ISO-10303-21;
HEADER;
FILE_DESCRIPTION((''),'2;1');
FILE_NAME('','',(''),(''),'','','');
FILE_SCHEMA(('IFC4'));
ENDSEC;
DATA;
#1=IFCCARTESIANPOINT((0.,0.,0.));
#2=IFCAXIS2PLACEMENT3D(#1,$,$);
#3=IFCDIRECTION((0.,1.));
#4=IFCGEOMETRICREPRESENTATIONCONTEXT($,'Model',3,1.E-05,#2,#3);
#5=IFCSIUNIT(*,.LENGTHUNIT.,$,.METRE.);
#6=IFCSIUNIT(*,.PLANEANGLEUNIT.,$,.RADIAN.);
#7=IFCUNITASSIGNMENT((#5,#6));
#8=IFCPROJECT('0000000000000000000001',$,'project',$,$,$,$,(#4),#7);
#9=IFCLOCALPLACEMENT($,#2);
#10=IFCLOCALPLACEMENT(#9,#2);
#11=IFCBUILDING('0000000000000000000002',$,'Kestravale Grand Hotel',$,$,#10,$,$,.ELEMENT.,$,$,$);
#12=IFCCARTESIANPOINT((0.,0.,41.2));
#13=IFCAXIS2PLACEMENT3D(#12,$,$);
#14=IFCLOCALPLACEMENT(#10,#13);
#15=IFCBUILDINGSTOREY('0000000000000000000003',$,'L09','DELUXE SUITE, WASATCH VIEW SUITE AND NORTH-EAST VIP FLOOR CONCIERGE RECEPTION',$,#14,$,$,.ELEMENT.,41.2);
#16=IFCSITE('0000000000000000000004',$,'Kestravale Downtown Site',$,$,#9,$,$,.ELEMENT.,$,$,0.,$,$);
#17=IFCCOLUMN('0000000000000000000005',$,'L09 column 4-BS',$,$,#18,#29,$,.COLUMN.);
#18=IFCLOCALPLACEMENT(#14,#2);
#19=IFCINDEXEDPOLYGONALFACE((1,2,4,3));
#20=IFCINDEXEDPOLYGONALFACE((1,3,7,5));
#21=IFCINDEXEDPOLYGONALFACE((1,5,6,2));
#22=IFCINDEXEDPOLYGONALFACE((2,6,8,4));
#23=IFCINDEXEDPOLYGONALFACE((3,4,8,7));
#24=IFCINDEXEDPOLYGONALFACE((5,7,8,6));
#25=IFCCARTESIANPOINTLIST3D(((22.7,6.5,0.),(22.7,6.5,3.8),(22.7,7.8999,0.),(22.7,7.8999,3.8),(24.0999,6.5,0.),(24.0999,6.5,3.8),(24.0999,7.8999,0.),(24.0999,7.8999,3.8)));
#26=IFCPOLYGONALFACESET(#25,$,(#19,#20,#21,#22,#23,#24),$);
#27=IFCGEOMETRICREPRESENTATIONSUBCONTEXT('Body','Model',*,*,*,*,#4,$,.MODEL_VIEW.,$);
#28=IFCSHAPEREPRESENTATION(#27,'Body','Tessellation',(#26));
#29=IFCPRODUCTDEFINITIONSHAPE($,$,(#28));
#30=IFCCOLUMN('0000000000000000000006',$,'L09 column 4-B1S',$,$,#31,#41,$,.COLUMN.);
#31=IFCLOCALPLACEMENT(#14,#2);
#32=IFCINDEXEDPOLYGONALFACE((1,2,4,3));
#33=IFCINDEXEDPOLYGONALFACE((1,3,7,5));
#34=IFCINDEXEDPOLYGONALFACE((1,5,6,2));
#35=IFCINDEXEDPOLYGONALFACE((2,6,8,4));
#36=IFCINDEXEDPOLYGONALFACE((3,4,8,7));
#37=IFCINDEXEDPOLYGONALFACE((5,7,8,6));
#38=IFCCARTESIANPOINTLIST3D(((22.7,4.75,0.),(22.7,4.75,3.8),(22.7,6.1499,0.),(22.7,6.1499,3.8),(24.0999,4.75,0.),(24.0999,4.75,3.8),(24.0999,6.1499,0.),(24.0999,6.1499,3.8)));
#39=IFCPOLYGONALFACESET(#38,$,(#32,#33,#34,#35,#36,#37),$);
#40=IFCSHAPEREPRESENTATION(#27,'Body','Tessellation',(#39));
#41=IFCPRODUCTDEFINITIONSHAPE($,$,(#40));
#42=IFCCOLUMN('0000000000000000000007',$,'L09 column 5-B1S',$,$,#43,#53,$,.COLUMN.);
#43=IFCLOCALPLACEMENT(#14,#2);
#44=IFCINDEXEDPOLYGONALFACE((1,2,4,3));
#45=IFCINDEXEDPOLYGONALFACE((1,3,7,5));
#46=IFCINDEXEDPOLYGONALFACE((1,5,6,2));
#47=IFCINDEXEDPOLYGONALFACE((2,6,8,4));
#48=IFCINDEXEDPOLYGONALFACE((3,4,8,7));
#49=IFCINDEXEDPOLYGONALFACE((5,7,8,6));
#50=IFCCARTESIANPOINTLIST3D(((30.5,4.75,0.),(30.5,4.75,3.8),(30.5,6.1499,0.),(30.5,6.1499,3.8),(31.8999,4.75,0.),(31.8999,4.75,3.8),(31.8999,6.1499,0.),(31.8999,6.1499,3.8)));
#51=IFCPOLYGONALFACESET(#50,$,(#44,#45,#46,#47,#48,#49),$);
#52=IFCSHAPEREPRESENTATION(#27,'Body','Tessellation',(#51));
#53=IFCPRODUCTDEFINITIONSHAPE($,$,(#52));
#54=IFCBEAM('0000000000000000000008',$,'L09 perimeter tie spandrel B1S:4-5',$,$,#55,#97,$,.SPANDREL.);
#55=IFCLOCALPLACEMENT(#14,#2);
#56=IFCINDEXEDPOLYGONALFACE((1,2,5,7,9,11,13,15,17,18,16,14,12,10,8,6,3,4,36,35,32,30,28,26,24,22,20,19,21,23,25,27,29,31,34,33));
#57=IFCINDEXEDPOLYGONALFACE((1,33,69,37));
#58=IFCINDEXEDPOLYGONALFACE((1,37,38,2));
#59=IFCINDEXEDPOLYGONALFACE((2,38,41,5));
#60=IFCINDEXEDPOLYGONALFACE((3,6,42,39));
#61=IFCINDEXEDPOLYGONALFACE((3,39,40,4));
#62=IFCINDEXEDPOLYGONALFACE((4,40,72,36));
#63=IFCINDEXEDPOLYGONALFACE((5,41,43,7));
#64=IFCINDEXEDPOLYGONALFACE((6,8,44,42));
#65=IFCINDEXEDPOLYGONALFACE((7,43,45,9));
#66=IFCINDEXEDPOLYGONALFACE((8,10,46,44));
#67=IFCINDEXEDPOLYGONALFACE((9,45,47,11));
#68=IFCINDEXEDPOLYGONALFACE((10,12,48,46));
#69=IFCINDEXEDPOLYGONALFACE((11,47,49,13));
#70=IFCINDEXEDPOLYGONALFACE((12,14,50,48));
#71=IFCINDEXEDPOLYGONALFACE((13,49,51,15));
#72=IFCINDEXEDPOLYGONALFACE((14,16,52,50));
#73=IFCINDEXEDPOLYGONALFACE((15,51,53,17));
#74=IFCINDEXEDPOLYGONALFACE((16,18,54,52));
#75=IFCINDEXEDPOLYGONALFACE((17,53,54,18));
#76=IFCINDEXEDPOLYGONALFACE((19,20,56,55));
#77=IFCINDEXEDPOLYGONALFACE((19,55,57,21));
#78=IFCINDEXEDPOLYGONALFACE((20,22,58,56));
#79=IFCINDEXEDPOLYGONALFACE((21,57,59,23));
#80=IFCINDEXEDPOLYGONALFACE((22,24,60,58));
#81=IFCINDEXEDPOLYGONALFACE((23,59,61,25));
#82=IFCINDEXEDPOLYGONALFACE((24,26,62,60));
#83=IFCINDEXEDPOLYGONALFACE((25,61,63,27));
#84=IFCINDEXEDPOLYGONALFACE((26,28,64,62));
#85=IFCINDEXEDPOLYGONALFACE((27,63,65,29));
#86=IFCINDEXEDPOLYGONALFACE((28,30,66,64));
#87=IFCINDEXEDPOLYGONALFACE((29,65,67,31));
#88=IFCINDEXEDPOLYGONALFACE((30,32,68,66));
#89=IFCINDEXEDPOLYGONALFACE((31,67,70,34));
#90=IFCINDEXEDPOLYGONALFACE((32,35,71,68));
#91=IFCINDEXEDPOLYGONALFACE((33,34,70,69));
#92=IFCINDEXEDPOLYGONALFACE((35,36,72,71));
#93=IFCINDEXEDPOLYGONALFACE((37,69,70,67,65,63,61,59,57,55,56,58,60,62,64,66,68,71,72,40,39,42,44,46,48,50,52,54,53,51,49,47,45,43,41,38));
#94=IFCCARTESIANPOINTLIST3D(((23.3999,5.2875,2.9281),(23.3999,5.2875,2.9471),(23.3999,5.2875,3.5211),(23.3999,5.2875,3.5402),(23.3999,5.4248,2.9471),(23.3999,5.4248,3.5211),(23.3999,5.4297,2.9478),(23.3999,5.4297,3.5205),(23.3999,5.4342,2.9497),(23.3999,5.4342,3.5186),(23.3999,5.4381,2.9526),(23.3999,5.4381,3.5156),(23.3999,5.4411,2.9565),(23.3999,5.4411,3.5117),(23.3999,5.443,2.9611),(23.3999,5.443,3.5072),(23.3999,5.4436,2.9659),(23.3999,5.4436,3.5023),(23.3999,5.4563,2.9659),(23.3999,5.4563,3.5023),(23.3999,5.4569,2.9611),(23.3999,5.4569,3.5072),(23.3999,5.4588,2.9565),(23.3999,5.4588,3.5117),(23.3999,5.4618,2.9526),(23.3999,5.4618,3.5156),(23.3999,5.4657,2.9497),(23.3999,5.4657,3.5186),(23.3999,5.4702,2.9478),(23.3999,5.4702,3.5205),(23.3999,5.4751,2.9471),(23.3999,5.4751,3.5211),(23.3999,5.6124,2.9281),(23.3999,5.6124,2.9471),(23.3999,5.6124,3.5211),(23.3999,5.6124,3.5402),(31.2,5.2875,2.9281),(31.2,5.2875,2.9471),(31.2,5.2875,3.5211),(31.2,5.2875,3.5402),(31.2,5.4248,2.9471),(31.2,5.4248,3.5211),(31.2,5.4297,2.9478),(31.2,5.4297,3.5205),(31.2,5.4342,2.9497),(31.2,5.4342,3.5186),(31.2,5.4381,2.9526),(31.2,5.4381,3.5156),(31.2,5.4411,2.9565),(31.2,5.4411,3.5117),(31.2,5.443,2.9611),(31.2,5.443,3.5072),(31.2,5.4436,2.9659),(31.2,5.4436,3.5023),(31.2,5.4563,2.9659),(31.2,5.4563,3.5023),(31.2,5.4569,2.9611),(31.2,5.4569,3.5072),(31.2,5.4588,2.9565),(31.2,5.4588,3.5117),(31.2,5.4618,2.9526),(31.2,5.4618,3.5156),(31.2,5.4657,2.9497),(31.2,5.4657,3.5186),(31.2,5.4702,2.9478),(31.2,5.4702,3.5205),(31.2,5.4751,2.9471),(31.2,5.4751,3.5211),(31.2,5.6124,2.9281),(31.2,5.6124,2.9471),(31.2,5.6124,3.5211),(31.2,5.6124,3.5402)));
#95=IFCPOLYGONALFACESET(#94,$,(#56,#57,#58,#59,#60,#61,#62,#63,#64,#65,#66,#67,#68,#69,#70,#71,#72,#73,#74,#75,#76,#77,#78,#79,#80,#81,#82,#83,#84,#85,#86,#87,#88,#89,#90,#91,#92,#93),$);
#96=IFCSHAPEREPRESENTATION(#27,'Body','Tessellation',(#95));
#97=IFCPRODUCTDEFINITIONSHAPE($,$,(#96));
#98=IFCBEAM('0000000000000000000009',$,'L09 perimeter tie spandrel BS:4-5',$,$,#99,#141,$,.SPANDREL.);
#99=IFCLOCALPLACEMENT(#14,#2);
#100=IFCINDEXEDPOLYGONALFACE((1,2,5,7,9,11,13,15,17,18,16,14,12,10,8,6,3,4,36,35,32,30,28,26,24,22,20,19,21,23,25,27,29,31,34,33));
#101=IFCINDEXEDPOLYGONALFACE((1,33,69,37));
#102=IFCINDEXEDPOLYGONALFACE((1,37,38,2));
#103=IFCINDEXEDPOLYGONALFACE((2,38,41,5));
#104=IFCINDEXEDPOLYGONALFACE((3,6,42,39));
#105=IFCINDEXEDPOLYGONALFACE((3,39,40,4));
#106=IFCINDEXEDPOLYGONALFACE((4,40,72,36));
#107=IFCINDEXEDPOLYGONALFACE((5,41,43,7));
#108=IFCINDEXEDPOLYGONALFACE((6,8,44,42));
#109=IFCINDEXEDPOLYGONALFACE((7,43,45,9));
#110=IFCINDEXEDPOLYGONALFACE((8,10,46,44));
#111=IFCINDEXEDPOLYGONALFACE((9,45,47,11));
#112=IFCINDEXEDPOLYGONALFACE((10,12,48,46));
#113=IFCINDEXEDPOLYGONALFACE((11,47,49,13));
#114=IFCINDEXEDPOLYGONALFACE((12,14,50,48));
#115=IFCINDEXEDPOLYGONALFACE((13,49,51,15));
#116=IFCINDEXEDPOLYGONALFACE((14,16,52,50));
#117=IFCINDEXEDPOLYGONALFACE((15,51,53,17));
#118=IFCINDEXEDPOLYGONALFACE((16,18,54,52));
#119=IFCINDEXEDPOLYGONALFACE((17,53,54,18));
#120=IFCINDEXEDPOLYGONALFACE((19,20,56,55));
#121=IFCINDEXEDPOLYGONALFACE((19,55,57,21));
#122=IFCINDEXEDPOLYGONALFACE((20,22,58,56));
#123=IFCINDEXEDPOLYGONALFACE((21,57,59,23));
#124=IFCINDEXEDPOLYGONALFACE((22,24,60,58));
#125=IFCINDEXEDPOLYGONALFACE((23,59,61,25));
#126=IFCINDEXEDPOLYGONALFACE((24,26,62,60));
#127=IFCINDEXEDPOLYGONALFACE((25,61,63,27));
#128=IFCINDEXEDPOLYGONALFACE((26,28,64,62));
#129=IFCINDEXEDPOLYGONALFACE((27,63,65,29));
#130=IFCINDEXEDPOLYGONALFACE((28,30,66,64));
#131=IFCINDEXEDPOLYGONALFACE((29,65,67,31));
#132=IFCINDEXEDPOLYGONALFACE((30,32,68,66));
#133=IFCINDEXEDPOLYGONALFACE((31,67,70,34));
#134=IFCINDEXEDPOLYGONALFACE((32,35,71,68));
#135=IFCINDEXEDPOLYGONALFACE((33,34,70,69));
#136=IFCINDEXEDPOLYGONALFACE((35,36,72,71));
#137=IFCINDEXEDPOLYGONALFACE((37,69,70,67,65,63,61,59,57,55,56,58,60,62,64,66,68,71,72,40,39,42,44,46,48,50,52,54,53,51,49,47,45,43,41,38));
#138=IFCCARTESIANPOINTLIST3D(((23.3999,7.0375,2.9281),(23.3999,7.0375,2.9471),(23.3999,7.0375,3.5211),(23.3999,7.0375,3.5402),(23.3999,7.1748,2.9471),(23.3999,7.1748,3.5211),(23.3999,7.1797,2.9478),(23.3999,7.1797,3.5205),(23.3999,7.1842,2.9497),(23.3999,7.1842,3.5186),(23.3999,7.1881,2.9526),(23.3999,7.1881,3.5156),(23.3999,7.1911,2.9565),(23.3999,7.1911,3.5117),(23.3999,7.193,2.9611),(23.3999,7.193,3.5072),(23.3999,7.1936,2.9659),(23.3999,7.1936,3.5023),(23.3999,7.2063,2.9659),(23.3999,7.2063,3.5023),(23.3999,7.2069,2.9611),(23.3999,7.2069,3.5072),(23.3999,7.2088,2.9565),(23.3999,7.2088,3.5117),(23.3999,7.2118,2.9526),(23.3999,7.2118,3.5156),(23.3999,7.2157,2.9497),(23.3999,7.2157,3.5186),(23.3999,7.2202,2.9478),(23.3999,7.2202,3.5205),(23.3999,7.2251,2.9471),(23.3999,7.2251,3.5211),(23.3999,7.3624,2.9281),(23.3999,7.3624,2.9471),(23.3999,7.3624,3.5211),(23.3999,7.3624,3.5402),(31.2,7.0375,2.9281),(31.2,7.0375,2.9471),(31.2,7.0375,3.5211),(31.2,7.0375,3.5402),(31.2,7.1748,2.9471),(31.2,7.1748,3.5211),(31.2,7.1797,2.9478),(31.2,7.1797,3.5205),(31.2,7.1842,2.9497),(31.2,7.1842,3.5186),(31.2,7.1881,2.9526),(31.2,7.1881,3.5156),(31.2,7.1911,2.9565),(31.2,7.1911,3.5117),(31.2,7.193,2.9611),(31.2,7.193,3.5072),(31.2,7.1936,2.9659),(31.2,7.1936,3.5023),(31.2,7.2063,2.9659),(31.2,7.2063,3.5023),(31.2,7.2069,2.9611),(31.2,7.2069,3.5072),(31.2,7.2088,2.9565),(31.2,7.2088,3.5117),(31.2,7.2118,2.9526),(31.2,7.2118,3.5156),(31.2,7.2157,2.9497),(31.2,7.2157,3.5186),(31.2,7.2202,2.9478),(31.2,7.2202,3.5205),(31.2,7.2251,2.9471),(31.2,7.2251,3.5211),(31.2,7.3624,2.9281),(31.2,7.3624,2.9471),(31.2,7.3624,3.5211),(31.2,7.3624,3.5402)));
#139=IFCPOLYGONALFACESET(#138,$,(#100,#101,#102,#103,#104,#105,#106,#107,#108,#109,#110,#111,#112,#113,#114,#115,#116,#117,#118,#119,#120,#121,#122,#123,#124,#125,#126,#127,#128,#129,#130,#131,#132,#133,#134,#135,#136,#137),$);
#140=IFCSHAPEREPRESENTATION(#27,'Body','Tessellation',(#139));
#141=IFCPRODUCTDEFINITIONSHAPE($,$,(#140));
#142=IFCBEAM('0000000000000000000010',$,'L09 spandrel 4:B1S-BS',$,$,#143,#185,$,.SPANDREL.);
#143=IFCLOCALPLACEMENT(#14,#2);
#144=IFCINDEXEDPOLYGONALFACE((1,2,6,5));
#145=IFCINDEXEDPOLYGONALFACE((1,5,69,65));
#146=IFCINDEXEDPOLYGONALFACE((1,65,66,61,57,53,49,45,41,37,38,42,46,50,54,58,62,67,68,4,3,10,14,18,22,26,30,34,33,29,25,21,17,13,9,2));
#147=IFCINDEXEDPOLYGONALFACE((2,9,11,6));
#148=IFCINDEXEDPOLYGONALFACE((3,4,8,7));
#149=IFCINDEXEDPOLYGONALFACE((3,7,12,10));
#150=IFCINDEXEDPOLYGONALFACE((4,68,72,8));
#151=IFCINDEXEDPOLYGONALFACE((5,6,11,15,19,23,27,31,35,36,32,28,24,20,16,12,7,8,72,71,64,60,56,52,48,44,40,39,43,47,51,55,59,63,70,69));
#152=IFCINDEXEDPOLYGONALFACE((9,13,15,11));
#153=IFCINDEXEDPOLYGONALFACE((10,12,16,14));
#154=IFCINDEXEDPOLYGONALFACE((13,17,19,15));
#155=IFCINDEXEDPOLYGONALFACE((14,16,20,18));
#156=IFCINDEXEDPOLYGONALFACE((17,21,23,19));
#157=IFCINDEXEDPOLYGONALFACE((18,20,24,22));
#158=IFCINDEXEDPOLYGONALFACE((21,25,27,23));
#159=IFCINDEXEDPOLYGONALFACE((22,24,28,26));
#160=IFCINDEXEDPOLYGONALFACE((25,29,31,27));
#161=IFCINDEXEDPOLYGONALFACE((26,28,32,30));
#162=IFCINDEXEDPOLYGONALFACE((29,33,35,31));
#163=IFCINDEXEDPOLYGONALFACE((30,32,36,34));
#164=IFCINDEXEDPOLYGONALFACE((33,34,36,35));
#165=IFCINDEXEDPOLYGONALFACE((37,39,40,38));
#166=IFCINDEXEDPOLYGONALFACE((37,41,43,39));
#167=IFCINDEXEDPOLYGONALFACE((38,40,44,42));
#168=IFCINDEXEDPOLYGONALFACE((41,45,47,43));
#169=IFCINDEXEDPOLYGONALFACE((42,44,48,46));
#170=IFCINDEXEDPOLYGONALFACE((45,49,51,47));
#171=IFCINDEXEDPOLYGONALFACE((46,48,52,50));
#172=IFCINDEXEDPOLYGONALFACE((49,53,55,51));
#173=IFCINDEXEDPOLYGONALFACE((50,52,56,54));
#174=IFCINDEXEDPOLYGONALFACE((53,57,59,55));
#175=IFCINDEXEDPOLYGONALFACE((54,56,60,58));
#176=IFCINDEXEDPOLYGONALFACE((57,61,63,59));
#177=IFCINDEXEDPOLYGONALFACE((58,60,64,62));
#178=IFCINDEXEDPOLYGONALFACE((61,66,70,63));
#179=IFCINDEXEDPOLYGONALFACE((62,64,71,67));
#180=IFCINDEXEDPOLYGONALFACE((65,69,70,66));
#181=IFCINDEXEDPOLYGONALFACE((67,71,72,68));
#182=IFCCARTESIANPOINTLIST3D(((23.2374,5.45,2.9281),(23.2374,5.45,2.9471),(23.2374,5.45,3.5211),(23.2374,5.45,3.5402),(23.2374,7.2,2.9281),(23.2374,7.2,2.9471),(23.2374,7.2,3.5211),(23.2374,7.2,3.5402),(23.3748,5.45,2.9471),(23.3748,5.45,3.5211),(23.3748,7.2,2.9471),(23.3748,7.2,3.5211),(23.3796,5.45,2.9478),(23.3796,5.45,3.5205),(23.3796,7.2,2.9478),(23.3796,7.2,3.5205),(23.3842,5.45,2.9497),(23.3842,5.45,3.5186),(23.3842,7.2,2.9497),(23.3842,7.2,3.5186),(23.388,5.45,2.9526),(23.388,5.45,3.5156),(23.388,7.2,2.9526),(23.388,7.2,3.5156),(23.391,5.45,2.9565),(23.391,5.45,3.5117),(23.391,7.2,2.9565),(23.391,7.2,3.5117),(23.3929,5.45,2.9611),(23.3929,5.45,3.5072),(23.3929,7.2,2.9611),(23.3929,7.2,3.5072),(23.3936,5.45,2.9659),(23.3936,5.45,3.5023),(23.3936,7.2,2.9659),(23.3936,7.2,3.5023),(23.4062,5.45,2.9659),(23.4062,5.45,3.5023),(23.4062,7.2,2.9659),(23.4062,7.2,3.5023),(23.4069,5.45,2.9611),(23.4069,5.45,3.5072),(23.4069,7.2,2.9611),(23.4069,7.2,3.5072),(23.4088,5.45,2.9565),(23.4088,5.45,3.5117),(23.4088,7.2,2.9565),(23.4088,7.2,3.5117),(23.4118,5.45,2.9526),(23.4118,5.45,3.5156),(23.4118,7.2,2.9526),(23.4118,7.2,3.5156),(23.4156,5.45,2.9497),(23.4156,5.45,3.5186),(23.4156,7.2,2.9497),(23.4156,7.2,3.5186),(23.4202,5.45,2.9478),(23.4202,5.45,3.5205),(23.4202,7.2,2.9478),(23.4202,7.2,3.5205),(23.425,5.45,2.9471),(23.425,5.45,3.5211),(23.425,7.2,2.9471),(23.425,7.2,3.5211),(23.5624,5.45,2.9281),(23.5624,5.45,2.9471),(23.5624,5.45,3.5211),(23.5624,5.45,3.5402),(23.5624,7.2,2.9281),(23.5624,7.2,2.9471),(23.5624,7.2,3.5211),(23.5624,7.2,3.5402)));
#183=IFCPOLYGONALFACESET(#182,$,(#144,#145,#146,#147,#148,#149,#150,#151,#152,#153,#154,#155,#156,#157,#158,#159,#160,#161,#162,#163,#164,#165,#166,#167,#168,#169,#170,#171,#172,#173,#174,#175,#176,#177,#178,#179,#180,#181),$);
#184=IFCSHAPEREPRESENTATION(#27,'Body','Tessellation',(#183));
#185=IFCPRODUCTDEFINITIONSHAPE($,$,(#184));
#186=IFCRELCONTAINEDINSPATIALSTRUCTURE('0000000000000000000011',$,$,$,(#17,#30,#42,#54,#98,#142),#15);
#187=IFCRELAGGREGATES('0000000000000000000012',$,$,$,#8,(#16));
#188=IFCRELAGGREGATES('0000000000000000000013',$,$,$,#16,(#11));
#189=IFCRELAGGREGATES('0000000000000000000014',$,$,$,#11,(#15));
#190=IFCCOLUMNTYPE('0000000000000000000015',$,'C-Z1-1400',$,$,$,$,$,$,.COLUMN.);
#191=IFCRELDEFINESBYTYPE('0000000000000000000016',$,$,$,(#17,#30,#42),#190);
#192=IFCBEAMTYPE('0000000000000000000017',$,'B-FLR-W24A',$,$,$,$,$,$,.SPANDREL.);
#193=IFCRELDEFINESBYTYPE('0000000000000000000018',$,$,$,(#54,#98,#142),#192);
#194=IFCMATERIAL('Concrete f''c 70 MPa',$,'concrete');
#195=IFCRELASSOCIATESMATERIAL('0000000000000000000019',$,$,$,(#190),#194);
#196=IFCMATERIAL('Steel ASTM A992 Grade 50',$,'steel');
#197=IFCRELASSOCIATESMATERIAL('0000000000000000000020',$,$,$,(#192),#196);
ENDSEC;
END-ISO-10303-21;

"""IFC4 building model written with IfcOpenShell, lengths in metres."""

from ifc_helpers import new_model, si_unit, direction, frame, origin, origin_2d, place, context, subcontext, project, spatial, rectangle, i_section, extrude, material, material_profile, profile_set, type_object, element, save


model = new_model("IFC4")

# Units and contexts
model_context = context("Model", 3, precision=1e-05, world=origin(), true_north=direction((0.0, 1.0)))
body_context = subcontext(model_context, "Body", "Model", "MODEL_VIEW")
ifc_project = project(units=[si_unit("LENGTHUNIT", "METRE"), si_unit("PLANEANGLEUNIT", "RADIAN")], contexts=[model_context])

# Site, building, storey
site_placement = place(None, origin())
site = spatial("IfcSite", under=ifc_project, at=site_placement, Name="Kestravale Downtown Site", CompositionType="ELEMENT", RefElevation=0.0)
building_placement = place(site_placement, origin())
building = spatial("IfcBuilding", under=site, at=building_placement, Name="Kestravale Grand Hotel", CompositionType="ELEMENT")
storey_placement = place(building_placement, frame((0.0, 0.0, 41.2)))
storey = spatial("IfcBuildingStorey", under=building, at=storey_placement, Name="L09", Description="DELUXE SUITE, WASATCH VIEW SUITE AND NORTH-EAST VIP FLOOR CONCIERGE RECEPTION", CompositionType="ELEMENT", Elevation=41.2)

# Columns
ifc_material_1 = material(Name="Concrete f'c 70 MPa", Category="concrete")
ifc_material_profile_1 = material_profile(ifc_material_1, rectangle(XDim=1.3999, YDim=1.3999, at=origin_2d()))
ifc_profile_set_1 = profile_set([ifc_material_profile_1], Name="Concrete f'c 70 MPa")
column_type = type_object("IfcColumnType", Name="C-Z1-1400", PredefinedType="COLUMN", material=ifc_profile_set_1)
for number, where, z_axis, x_axis, name in (
    (1, (23.3999, 7.2, 0.0), (0.0, 0.0, 1.0), (1.0, 0.0, 0.0), "L09 column 4-BS"),
    (2, (23.3999, 5.45, 0.0), (0.0, 0.0, 1.0), (1.0, 0.0, 0.0), "L09 column 4-B1S"),
    (3, (31.2, 5.45, 0.0), (0.0, 0.0, 1.0), (1.0, 0.0, 0.0), "L09 column 5-B1S"),
):
    element("IfcColumn", number, at=place(storey_placement, frame(where, z_axis=z_axis, x_axis=x_axis)), inside=storey, type_object=column_type, Name=name, PredefinedType="COLUMN", context=body_context, shape_type="SweptSolid", body=[
        extrude(rectangle(XDim=1.3999, YDim=1.3999, at=origin_2d()), origin(), (0.0, 0.0, 1.0), 3.8),
    ])

# Beams
ifc_material_2 = material(Name="Steel ASTM A992 Grade 50", Category="steel")
ifc_material_profile_2 = material_profile(ifc_material_2, i_section(OverallWidth=0.325, OverallDepth=0.6121, WebThickness=0.0127, FlangeThickness=0.019, FilletRadius=0.0188, at=origin_2d()))
ifc_profile_set_2 = profile_set([ifc_material_profile_2], Name="Steel ASTM A992 Grade 50")
beam_type_1 = type_object("IfcBeamType", Name="B-FLR-W24A", PredefinedType="SPANDREL", material=ifc_profile_set_2)
for number, where, z_axis, x_axis, name in (
    (4, (23.3999, 5.45, 3.2341), (1.0, 0.0, 0.0), (0.0, 1.0, 0.0), "L09 perimeter tie spandrel B1S:4-5"),
    (5, (23.3999, 7.2, 3.2341), (1.0, 0.0, 0.0), (0.0, 1.0, 0.0), "L09 perimeter tie spandrel BS:4-5"),
):
    element("IfcBeam", number, at=place(storey_placement, frame(where, z_axis=z_axis, x_axis=x_axis)), inside=storey, type_object=beam_type_1, Name=name, PredefinedType="SPANDREL", context=body_context, shape_type="SweptSolid", body=[
        extrude(i_section(OverallWidth=0.325, OverallDepth=0.6121, WebThickness=0.0127, FlangeThickness=0.019, FilletRadius=0.0188, at=origin_2d()), origin(), (0.0, 0.0, 1.0), 7.8),
    ])
for number, where, z_axis, x_axis, name in (
    (6, (23.3999, 5.45, 3.2341), (0.0, 1.0, 0.0), (-1.0, 0.0, 0.0), "L09 spandrel 4:B1S-BS"),
):
    element("IfcBeam", number, at=place(storey_placement, frame(where, z_axis=z_axis, x_axis=x_axis)), inside=storey, type_object=beam_type_1, Name=name, PredefinedType="SPANDREL", context=body_context, shape_type="SweptSolid", body=[
        extrude(i_section(OverallWidth=0.325, OverallDepth=0.6121, WebThickness=0.0127, FlangeThickness=0.019, FilletRadius=0.0188, at=origin_2d()), origin(), (0.0, 0.0, 1.0), 1.75),
    ])

save(model, "model.ifc")
